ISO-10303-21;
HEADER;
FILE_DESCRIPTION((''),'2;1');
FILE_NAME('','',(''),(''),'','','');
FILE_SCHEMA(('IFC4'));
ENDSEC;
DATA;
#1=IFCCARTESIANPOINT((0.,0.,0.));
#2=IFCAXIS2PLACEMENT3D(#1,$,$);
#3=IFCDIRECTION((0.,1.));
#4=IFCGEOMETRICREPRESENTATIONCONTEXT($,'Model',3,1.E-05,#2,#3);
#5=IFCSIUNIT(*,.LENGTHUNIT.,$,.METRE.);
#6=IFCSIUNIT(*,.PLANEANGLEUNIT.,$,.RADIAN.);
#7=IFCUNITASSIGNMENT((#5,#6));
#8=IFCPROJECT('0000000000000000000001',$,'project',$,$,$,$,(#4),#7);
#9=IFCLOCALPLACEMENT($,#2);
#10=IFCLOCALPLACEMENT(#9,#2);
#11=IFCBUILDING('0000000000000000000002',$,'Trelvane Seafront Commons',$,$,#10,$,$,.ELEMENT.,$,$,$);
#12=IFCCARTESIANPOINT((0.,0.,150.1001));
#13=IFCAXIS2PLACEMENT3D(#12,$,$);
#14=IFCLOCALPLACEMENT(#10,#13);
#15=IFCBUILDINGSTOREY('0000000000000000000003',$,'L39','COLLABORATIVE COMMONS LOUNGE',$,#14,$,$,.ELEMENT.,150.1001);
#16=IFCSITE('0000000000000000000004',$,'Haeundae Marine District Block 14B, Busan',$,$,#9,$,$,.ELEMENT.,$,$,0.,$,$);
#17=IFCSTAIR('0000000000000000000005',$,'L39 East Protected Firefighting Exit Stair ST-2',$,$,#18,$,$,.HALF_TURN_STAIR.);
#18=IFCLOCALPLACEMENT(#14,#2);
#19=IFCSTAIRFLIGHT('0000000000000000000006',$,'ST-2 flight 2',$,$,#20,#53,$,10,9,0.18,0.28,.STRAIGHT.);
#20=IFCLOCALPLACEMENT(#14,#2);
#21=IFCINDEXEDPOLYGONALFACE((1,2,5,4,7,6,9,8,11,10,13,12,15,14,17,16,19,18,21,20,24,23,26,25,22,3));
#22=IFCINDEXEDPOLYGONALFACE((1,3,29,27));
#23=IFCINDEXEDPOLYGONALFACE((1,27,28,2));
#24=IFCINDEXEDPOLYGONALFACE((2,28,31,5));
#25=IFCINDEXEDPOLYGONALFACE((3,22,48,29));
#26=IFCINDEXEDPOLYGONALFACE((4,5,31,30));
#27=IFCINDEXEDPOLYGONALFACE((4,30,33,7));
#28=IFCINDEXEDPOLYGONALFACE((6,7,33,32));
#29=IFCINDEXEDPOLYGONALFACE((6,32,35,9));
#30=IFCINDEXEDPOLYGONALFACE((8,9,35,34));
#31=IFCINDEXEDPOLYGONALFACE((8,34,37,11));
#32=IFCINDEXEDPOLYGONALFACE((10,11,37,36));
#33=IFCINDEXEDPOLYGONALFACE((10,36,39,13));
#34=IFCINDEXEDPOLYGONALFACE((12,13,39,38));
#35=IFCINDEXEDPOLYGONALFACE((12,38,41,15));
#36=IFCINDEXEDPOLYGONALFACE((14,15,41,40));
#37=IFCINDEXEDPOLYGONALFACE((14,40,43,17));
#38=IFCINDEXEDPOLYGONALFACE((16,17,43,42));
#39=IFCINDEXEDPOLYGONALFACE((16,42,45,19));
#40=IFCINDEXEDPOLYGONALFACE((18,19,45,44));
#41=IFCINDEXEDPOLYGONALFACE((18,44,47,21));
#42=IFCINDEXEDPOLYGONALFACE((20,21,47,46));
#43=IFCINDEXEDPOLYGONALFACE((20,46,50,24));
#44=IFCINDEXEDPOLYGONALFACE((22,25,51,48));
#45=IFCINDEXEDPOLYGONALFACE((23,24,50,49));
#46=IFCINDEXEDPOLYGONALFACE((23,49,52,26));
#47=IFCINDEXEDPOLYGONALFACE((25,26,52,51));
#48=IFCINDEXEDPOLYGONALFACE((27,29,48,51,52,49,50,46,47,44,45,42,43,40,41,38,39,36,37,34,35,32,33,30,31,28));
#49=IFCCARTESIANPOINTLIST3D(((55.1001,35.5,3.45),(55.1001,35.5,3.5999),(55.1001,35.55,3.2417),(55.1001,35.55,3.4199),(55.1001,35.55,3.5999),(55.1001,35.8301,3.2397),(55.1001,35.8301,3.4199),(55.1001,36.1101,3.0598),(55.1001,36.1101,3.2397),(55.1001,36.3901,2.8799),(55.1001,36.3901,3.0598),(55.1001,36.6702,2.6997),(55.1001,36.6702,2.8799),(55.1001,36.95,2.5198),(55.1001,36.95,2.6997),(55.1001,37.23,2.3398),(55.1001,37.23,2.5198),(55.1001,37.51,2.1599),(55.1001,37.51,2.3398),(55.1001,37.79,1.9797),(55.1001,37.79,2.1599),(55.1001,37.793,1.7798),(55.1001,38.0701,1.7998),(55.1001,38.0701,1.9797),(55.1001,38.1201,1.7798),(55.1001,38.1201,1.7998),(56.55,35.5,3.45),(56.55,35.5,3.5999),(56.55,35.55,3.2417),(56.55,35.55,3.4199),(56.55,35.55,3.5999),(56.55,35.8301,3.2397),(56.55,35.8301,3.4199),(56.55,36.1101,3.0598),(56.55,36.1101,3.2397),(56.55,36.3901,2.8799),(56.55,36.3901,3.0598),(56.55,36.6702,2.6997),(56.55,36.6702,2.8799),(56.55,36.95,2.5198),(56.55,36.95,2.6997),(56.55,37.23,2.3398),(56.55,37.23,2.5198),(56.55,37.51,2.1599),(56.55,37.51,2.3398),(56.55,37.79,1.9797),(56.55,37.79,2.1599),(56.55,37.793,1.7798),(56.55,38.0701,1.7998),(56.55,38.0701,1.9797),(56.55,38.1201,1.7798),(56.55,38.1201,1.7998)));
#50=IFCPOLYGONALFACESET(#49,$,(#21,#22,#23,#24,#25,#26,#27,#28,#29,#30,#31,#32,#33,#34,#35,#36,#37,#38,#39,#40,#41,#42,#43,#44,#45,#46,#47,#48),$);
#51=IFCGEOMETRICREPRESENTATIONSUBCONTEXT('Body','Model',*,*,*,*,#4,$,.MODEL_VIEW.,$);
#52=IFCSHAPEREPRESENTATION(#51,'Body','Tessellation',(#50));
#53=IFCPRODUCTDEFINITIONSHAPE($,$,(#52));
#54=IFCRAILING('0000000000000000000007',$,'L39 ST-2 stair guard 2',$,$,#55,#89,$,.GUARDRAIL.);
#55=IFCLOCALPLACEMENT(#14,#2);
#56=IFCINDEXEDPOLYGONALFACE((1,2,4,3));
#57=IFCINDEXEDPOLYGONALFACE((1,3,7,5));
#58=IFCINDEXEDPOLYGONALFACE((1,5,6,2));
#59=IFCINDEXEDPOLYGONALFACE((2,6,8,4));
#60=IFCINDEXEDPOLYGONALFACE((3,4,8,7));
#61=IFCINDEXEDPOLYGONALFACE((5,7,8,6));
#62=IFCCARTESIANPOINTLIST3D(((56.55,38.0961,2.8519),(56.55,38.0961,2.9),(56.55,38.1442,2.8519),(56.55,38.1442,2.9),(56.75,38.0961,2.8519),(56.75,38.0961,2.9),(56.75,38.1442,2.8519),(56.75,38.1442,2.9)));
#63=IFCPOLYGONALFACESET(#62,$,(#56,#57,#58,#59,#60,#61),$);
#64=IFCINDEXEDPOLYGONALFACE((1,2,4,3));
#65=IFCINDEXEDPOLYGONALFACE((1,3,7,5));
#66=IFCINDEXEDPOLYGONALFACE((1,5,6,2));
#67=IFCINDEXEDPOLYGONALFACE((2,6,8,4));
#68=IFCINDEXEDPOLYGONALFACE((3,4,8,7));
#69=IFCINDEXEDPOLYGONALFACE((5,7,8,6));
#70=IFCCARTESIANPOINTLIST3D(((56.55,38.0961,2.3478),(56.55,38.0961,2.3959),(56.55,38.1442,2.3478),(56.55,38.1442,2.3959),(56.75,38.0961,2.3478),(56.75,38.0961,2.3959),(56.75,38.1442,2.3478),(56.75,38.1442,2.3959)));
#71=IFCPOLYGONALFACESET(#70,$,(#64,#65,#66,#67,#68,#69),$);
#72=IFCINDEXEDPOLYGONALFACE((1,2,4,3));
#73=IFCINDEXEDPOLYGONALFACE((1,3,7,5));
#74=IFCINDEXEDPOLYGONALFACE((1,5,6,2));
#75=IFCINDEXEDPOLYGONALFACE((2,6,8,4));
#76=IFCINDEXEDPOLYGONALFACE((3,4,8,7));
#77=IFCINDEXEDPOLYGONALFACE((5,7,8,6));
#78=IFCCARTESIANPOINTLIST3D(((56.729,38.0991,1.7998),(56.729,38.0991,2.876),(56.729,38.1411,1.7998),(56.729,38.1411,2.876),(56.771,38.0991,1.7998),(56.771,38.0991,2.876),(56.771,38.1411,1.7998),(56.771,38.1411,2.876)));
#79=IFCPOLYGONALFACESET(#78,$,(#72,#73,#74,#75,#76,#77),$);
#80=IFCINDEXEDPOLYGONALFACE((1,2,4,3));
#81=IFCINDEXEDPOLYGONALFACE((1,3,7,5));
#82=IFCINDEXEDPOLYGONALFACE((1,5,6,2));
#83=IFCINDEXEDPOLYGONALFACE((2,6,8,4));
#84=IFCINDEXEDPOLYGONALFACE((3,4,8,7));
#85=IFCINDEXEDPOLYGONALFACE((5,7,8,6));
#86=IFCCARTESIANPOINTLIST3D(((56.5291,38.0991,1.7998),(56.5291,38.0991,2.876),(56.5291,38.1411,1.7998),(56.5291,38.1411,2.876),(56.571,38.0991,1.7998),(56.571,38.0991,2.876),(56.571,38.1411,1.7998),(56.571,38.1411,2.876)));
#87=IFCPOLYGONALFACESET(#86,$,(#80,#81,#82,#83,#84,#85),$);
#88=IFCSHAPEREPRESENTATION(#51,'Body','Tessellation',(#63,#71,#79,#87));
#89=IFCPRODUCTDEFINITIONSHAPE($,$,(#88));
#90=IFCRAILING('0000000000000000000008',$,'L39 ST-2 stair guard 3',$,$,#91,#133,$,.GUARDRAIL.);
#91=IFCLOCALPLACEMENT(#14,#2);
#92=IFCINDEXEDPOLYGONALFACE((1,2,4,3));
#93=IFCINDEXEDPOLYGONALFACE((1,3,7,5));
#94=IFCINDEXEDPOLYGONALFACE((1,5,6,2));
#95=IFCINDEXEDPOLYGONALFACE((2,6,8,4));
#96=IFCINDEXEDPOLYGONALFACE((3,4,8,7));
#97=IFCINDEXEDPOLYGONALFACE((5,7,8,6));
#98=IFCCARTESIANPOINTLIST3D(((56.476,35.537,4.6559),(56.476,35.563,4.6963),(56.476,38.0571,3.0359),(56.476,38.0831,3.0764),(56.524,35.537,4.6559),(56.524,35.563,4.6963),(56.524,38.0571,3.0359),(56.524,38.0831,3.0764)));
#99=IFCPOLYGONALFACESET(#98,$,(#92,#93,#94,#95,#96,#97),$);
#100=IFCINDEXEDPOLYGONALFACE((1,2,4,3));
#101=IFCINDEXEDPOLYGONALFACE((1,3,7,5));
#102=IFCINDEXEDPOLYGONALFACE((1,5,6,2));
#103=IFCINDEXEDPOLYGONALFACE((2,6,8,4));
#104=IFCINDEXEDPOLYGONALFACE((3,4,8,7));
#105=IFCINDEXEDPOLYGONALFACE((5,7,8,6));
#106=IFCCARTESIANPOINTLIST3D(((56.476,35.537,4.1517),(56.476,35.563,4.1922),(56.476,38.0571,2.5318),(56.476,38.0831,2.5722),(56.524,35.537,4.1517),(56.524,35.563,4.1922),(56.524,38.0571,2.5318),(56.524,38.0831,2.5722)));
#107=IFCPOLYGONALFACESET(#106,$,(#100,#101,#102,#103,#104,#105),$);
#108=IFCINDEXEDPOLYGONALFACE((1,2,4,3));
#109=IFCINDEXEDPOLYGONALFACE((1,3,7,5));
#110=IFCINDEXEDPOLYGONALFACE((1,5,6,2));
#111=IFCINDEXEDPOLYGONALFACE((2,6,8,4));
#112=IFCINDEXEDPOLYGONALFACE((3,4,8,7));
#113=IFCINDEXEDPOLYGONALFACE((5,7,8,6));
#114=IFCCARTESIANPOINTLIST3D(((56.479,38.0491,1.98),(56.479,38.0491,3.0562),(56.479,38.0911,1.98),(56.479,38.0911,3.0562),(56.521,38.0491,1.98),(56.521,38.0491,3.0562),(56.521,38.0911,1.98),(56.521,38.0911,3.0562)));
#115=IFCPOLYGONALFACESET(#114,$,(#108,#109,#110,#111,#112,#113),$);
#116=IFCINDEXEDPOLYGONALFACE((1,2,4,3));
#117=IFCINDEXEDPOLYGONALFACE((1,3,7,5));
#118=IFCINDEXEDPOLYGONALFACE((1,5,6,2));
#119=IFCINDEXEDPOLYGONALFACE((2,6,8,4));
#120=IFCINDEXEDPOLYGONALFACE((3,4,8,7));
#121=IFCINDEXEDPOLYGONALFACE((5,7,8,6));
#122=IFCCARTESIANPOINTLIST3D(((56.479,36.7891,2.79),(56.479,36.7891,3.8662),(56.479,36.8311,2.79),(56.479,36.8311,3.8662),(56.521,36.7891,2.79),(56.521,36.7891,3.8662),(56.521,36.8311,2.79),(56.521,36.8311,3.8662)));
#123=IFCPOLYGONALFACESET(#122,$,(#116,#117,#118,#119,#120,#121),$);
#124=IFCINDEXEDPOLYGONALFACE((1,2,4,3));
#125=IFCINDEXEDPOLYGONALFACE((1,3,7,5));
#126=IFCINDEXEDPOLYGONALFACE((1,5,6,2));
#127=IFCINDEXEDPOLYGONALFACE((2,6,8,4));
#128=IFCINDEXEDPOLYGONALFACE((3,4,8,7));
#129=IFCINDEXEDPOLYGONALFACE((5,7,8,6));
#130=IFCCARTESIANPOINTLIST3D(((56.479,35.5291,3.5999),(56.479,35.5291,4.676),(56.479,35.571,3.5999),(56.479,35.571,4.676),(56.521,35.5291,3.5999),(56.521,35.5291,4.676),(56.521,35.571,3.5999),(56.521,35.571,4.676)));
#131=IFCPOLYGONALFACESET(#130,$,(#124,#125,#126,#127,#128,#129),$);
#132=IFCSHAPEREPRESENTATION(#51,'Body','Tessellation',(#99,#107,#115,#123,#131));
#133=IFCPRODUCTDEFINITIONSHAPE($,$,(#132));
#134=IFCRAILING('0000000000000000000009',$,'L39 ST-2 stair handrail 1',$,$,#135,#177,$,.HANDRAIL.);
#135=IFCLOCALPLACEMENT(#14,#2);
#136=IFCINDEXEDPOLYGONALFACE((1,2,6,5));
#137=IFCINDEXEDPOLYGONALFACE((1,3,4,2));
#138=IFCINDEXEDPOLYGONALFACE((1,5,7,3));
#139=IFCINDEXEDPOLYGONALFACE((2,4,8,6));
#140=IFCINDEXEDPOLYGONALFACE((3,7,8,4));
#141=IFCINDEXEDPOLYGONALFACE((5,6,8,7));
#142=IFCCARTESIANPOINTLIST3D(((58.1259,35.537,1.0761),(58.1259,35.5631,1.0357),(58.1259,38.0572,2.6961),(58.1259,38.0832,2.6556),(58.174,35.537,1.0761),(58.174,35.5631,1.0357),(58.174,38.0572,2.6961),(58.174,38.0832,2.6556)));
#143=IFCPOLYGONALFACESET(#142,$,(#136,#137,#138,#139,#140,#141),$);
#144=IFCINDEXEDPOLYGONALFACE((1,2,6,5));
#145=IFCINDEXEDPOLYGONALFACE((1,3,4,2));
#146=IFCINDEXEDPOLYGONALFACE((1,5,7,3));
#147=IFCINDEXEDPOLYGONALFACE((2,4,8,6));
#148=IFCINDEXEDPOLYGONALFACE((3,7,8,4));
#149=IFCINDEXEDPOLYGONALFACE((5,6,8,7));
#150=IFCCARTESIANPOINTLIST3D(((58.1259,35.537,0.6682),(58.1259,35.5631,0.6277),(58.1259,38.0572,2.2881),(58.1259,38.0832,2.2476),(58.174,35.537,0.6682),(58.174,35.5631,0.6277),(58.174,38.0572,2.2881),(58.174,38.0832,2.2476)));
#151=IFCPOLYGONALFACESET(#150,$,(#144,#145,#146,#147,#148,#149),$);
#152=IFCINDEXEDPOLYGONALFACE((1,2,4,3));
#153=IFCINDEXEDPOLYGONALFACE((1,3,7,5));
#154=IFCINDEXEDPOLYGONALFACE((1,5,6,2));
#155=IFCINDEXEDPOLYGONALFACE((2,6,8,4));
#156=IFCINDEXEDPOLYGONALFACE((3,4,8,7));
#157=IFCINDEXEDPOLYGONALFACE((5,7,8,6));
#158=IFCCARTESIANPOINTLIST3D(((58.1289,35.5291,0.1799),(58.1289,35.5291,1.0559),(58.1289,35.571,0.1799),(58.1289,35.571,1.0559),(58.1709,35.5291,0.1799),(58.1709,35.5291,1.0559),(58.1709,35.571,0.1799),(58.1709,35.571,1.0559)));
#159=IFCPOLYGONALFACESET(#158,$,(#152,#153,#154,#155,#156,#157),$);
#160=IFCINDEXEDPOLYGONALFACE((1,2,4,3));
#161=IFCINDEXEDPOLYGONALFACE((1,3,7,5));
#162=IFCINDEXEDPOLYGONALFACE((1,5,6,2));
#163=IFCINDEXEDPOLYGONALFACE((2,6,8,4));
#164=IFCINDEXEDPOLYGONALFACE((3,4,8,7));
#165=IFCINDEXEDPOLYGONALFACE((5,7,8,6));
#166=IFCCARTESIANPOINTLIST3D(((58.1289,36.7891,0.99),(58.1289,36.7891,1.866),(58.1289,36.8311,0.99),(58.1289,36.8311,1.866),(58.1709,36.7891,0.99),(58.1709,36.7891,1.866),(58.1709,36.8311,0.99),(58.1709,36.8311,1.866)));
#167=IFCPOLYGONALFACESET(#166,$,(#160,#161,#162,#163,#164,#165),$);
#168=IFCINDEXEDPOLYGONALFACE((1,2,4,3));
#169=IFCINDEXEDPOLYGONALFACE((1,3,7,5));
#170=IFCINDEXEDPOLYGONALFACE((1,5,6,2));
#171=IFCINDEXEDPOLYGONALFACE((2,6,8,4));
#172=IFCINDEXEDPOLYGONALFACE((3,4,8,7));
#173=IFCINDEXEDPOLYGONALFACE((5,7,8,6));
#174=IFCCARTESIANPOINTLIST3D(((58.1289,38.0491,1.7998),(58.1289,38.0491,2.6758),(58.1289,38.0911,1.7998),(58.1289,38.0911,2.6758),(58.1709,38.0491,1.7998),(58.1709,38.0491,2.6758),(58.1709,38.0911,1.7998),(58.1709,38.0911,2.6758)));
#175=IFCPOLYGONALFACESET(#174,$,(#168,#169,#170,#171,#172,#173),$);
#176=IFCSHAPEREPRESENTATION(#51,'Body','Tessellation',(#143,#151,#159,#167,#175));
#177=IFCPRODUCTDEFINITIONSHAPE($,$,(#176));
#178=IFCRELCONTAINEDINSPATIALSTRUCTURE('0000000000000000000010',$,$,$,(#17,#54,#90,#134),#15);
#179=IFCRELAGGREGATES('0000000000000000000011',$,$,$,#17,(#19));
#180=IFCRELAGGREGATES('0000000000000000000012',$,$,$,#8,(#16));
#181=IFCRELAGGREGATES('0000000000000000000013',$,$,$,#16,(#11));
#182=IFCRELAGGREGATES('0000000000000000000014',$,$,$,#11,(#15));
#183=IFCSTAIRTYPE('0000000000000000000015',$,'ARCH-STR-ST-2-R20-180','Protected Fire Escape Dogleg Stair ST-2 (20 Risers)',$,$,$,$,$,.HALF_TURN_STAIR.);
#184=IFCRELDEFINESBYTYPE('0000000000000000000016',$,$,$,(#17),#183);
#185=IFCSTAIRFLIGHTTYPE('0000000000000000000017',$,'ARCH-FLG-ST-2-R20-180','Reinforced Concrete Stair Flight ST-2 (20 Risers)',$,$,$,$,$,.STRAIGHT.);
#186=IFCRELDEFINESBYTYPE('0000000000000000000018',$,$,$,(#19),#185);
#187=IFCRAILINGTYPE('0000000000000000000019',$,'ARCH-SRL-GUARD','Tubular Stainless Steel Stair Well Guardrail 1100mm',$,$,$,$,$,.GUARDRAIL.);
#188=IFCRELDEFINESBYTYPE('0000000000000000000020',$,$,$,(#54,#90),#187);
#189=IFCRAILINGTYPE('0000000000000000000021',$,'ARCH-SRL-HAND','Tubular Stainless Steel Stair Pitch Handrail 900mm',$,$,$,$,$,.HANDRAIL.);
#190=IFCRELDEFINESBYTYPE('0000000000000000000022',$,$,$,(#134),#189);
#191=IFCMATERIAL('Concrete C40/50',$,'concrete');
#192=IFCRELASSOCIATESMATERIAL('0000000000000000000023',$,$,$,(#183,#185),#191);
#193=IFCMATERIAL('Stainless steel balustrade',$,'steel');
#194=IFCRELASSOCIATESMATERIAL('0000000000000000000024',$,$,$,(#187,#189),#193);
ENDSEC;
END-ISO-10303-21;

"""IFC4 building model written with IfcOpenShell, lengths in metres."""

from ifc_helpers import new_model, si_unit, direction, frame, origin, origin_2d, place, context, subcontext, project, spatial, polyline, rectangle, outline, extrude, source, transform, mapped, material, type_object, element, aggregate, save


model = new_model("IFC4")

# Units and contexts
model_context = context("Model", 3, precision=1e-05, world=origin(), true_north=direction((0.0, 1.0)))
body_context = subcontext(model_context, "Body", "Model", "MODEL_VIEW")
ifc_project = project(units=[si_unit("LENGTHUNIT", "METRE"), si_unit("PLANEANGLEUNIT", "RADIAN")], contexts=[model_context])

# Site, building, storey
site_placement = place(None, origin())
site = spatial("IfcSite", under=ifc_project, at=site_placement, Name="Haeundae Marine District Block 14B, Busan", CompositionType="ELEMENT", RefElevation=0.0)
building_placement = place(site_placement, origin())
building = spatial("IfcBuilding", under=site, at=building_placement, Name="Trelvane Seafront Commons", CompositionType="ELEMENT")
storey_placement = place(building_placement, frame((0.0, 0.0, 150.1001)))
storey = spatial("IfcBuildingStorey", under=building, at=storey_placement, Name="L39", Description="COLLABORATIVE COMMONS LOUNGE", CompositionType="ELEMENT", Elevation=150.1001)

# Stair, stair flight
ifc_material_1 = material(Name="Concrete C40/50", Category="concrete")
stair_type = type_object("IfcStairType", Name="ARCH-STR-ST-2-R20-180", Description="Protected Fire Escape Dogleg Stair ST-2 (20 Risers)", PredefinedType="HALF_TURN_STAIR", material=ifc_material_1)
stair_placement = place(storey_placement, origin())
stair = element("IfcStair", 1, at=stair_placement, inside=storey, type_object=stair_type, Name="L39 East Protected Firefighting Exit Stair ST-2", PredefinedType="HALF_TURN_STAIR")
stair_flight_type = type_object("IfcStairFlightType", Name="ARCH-FLG-ST-2-R20-180", Description="Reinforced Concrete Stair Flight ST-2 (20 Risers)", PredefinedType="STRAIGHT", material=ifc_material_1)
shared_shape_1 = source(origin(), body_context, "Body", "SweptSolid", [
    extrude(outline(polyline([(-0.05, -0.02), (-0.05, 0.0), (0.0, 0.0), (0.0, 0.1799), (0.28, 0.1799), (0.28, 0.3601), (0.5601, 0.3601), (0.5601, 0.54), (0.8401, 0.54), (0.8401, 0.72), (1.1201, 0.72), (1.1201, 0.8999), (1.3999, 0.8999), (1.3999, 1.0801), (1.6799, 1.0801), (1.6799, 1.26), (1.96, 1.26), (1.96, 1.4399), (2.24, 1.4399), (2.24, 1.6201), (2.52, 1.6201), (2.52, 1.8), (2.5701, 1.8), (2.5701, 1.6501), (2.52, 1.4419), (0.2771, -0.02), (-0.05, -0.02)])), frame((0.0, 0.7251, 0.0), z_axis=(0.0, -1.0, 0.0), x_axis=(1.0, 0.0, 0.0)), (0.0, 0.0, 1.0), 1.45),
])
stair_flight_placement = place(storey_placement, frame((55.825, 38.0701, 1.7998), z_axis=(0.0, 0.0, 1.0), x_axis=(0.0, -1.0, 0.0)))
stair_flight = element("IfcStairFlight", 2, at=stair_flight_placement, type_object=stair_flight_type, Name="ST-2 flight 2", NumberOfRisers=10, NumberOfTreads=9, PredefinedType="STRAIGHT", RiserHeight=0.18, TreadLength=0.28, context=body_context, shape_type="MappedRepresentation", body=[
    mapped(shared_shape_1, transform((0.0, 0.0, 0.0), x_axis=(1.0, 0.0, 0.0), y_axis=(0.0, 1.0, 0.0), z_axis=(0.0, 0.0, 1.0), scale=1.0)),
])
aggregate(stair, [stair_flight])

# Railings
ifc_material_2 = material(Name="Stainless steel balustrade", Category="steel")
railing_type_1 = type_object("IfcRailingType", Name="ARCH-SRL-GUARD", Description="Tubular Stainless Steel Stair Well Guardrail 1100mm", PredefinedType="GUARDRAIL", material=ifc_material_2)
railing_1_placement = place(storey_placement, frame((56.75, 38.1201, 1.7998)))
element("IfcRailing", 3, at=railing_1_placement, inside=storey, type_object=railing_type_1, Name="L39 ST-2 stair guard 2", PredefinedType="GUARDRAIL", context=body_context, shape_type="SweptSolid", body=[
    extrude(rectangle(XDim=0.0481, YDim=0.0481, at=origin_2d()), frame((0.0, 0.0, 1.0762), z_axis=(-1.0, 0.0, 0.0), x_axis=(0.0, -1.0, 0.0)), (0.0, 0.0, 1.0), 0.2),
    extrude(rectangle(XDim=0.0481, YDim=0.0481, at=origin_2d()), frame((0.0, 0.0, 0.572), z_axis=(-1.0, 0.0, 0.0), x_axis=(0.0, -1.0, 0.0)), (0.0, 0.0, 1.0), 0.2),
    extrude(rectangle(XDim=0.042, YDim=0.042, at=origin_2d()), origin(), (0.0, 0.0, 1.0), 1.0762),
    extrude(rectangle(XDim=0.042, YDim=0.042, at=origin_2d()), frame((-0.2, 0.0, 0.0)), (0.0, 0.0, 1.0), 1.0762),
])
railing_2_placement = place(storey_placement, frame((56.5, 38.0701, 1.98)))
element("IfcRailing", 4, at=railing_2_placement, inside=storey, type_object=railing_type_1, Name="L39 ST-2 stair guard 3", PredefinedType="GUARDRAIL", context=body_context, shape_type="SweptSolid", body=[
    extrude(rectangle(XDim=0.0481, YDim=0.0481, at=origin_2d()), frame((0.0, 0.0, 1.0762), z_axis=(0.0, -0.8412, 0.540725), x_axis=(1.0, 0.0, 0.0)), (0.0, 0.0, 1.0), 2.9958),
    extrude(rectangle(XDim=0.0481, YDim=0.0481, at=origin_2d()), frame((0.0, 0.0, 0.572), z_axis=(0.0, -0.8412, 0.540725), x_axis=(1.0, 0.0, 0.0)), (0.0, 0.0, 1.0), 2.9958),
    extrude(rectangle(XDim=0.042, YDim=0.042, at=origin_2d()), origin(), (0.0, 0.0, 1.0), 1.0762),
    extrude(rectangle(XDim=0.042, YDim=0.042, at=origin_2d()), frame((0.0, -1.26, 0.8101)), (0.0, 0.0, 1.0), 1.0762),
    extrude(rectangle(XDim=0.042, YDim=0.042, at=origin_2d()), frame((0.0, -2.52, 1.6199)), (0.0, 0.0, 1.0), 1.0762),
])
railing_type_2 = type_object("IfcRailingType", Name="ARCH-SRL-HAND", Description="Tubular Stainless Steel Stair Pitch Handrail 900mm", PredefinedType="HANDRAIL", material=ifc_material_2)
railing_3_placement = place(storey_placement, frame((58.1499, 35.55, 0.1799)))
element("IfcRailing", 5, at=railing_3_placement, inside=storey, type_object=railing_type_2, Name="L39 ST-2 stair handrail 1", PredefinedType="HANDRAIL", context=body_context, shape_type="SweptSolid", body=[
    extrude(rectangle(XDim=0.0481, YDim=0.0481, at=origin_2d()), frame((0.0, 0.0, 0.876), z_axis=(0.0, 0.8412, 0.540725), x_axis=(-1.0, 0.0, 0.0)), (0.0, 0.0, 1.0), 2.9958),
    extrude(rectangle(XDim=0.0481, YDim=0.0481, at=origin_2d()), frame((0.0, 0.0, 0.468), z_axis=(0.0, 0.8412, 0.540725), x_axis=(-1.0, 0.0, 0.0)), (0.0, 0.0, 1.0), 2.9958),
    extrude(rectangle(XDim=0.042, YDim=0.042, at=origin_2d()), origin(), (0.0, 0.0, 1.0), 0.876),
    extrude(rectangle(XDim=0.042, YDim=0.042, at=origin_2d()), frame((0.0, 1.26, 0.8101)), (0.0, 0.0, 1.0), 0.876),
    extrude(rectangle(XDim=0.042, YDim=0.042, at=origin_2d()), frame((0.0, 2.52, 1.6199)), (0.0, 0.0, 1.0), 0.876),
])

save(model, "model.ifc")
